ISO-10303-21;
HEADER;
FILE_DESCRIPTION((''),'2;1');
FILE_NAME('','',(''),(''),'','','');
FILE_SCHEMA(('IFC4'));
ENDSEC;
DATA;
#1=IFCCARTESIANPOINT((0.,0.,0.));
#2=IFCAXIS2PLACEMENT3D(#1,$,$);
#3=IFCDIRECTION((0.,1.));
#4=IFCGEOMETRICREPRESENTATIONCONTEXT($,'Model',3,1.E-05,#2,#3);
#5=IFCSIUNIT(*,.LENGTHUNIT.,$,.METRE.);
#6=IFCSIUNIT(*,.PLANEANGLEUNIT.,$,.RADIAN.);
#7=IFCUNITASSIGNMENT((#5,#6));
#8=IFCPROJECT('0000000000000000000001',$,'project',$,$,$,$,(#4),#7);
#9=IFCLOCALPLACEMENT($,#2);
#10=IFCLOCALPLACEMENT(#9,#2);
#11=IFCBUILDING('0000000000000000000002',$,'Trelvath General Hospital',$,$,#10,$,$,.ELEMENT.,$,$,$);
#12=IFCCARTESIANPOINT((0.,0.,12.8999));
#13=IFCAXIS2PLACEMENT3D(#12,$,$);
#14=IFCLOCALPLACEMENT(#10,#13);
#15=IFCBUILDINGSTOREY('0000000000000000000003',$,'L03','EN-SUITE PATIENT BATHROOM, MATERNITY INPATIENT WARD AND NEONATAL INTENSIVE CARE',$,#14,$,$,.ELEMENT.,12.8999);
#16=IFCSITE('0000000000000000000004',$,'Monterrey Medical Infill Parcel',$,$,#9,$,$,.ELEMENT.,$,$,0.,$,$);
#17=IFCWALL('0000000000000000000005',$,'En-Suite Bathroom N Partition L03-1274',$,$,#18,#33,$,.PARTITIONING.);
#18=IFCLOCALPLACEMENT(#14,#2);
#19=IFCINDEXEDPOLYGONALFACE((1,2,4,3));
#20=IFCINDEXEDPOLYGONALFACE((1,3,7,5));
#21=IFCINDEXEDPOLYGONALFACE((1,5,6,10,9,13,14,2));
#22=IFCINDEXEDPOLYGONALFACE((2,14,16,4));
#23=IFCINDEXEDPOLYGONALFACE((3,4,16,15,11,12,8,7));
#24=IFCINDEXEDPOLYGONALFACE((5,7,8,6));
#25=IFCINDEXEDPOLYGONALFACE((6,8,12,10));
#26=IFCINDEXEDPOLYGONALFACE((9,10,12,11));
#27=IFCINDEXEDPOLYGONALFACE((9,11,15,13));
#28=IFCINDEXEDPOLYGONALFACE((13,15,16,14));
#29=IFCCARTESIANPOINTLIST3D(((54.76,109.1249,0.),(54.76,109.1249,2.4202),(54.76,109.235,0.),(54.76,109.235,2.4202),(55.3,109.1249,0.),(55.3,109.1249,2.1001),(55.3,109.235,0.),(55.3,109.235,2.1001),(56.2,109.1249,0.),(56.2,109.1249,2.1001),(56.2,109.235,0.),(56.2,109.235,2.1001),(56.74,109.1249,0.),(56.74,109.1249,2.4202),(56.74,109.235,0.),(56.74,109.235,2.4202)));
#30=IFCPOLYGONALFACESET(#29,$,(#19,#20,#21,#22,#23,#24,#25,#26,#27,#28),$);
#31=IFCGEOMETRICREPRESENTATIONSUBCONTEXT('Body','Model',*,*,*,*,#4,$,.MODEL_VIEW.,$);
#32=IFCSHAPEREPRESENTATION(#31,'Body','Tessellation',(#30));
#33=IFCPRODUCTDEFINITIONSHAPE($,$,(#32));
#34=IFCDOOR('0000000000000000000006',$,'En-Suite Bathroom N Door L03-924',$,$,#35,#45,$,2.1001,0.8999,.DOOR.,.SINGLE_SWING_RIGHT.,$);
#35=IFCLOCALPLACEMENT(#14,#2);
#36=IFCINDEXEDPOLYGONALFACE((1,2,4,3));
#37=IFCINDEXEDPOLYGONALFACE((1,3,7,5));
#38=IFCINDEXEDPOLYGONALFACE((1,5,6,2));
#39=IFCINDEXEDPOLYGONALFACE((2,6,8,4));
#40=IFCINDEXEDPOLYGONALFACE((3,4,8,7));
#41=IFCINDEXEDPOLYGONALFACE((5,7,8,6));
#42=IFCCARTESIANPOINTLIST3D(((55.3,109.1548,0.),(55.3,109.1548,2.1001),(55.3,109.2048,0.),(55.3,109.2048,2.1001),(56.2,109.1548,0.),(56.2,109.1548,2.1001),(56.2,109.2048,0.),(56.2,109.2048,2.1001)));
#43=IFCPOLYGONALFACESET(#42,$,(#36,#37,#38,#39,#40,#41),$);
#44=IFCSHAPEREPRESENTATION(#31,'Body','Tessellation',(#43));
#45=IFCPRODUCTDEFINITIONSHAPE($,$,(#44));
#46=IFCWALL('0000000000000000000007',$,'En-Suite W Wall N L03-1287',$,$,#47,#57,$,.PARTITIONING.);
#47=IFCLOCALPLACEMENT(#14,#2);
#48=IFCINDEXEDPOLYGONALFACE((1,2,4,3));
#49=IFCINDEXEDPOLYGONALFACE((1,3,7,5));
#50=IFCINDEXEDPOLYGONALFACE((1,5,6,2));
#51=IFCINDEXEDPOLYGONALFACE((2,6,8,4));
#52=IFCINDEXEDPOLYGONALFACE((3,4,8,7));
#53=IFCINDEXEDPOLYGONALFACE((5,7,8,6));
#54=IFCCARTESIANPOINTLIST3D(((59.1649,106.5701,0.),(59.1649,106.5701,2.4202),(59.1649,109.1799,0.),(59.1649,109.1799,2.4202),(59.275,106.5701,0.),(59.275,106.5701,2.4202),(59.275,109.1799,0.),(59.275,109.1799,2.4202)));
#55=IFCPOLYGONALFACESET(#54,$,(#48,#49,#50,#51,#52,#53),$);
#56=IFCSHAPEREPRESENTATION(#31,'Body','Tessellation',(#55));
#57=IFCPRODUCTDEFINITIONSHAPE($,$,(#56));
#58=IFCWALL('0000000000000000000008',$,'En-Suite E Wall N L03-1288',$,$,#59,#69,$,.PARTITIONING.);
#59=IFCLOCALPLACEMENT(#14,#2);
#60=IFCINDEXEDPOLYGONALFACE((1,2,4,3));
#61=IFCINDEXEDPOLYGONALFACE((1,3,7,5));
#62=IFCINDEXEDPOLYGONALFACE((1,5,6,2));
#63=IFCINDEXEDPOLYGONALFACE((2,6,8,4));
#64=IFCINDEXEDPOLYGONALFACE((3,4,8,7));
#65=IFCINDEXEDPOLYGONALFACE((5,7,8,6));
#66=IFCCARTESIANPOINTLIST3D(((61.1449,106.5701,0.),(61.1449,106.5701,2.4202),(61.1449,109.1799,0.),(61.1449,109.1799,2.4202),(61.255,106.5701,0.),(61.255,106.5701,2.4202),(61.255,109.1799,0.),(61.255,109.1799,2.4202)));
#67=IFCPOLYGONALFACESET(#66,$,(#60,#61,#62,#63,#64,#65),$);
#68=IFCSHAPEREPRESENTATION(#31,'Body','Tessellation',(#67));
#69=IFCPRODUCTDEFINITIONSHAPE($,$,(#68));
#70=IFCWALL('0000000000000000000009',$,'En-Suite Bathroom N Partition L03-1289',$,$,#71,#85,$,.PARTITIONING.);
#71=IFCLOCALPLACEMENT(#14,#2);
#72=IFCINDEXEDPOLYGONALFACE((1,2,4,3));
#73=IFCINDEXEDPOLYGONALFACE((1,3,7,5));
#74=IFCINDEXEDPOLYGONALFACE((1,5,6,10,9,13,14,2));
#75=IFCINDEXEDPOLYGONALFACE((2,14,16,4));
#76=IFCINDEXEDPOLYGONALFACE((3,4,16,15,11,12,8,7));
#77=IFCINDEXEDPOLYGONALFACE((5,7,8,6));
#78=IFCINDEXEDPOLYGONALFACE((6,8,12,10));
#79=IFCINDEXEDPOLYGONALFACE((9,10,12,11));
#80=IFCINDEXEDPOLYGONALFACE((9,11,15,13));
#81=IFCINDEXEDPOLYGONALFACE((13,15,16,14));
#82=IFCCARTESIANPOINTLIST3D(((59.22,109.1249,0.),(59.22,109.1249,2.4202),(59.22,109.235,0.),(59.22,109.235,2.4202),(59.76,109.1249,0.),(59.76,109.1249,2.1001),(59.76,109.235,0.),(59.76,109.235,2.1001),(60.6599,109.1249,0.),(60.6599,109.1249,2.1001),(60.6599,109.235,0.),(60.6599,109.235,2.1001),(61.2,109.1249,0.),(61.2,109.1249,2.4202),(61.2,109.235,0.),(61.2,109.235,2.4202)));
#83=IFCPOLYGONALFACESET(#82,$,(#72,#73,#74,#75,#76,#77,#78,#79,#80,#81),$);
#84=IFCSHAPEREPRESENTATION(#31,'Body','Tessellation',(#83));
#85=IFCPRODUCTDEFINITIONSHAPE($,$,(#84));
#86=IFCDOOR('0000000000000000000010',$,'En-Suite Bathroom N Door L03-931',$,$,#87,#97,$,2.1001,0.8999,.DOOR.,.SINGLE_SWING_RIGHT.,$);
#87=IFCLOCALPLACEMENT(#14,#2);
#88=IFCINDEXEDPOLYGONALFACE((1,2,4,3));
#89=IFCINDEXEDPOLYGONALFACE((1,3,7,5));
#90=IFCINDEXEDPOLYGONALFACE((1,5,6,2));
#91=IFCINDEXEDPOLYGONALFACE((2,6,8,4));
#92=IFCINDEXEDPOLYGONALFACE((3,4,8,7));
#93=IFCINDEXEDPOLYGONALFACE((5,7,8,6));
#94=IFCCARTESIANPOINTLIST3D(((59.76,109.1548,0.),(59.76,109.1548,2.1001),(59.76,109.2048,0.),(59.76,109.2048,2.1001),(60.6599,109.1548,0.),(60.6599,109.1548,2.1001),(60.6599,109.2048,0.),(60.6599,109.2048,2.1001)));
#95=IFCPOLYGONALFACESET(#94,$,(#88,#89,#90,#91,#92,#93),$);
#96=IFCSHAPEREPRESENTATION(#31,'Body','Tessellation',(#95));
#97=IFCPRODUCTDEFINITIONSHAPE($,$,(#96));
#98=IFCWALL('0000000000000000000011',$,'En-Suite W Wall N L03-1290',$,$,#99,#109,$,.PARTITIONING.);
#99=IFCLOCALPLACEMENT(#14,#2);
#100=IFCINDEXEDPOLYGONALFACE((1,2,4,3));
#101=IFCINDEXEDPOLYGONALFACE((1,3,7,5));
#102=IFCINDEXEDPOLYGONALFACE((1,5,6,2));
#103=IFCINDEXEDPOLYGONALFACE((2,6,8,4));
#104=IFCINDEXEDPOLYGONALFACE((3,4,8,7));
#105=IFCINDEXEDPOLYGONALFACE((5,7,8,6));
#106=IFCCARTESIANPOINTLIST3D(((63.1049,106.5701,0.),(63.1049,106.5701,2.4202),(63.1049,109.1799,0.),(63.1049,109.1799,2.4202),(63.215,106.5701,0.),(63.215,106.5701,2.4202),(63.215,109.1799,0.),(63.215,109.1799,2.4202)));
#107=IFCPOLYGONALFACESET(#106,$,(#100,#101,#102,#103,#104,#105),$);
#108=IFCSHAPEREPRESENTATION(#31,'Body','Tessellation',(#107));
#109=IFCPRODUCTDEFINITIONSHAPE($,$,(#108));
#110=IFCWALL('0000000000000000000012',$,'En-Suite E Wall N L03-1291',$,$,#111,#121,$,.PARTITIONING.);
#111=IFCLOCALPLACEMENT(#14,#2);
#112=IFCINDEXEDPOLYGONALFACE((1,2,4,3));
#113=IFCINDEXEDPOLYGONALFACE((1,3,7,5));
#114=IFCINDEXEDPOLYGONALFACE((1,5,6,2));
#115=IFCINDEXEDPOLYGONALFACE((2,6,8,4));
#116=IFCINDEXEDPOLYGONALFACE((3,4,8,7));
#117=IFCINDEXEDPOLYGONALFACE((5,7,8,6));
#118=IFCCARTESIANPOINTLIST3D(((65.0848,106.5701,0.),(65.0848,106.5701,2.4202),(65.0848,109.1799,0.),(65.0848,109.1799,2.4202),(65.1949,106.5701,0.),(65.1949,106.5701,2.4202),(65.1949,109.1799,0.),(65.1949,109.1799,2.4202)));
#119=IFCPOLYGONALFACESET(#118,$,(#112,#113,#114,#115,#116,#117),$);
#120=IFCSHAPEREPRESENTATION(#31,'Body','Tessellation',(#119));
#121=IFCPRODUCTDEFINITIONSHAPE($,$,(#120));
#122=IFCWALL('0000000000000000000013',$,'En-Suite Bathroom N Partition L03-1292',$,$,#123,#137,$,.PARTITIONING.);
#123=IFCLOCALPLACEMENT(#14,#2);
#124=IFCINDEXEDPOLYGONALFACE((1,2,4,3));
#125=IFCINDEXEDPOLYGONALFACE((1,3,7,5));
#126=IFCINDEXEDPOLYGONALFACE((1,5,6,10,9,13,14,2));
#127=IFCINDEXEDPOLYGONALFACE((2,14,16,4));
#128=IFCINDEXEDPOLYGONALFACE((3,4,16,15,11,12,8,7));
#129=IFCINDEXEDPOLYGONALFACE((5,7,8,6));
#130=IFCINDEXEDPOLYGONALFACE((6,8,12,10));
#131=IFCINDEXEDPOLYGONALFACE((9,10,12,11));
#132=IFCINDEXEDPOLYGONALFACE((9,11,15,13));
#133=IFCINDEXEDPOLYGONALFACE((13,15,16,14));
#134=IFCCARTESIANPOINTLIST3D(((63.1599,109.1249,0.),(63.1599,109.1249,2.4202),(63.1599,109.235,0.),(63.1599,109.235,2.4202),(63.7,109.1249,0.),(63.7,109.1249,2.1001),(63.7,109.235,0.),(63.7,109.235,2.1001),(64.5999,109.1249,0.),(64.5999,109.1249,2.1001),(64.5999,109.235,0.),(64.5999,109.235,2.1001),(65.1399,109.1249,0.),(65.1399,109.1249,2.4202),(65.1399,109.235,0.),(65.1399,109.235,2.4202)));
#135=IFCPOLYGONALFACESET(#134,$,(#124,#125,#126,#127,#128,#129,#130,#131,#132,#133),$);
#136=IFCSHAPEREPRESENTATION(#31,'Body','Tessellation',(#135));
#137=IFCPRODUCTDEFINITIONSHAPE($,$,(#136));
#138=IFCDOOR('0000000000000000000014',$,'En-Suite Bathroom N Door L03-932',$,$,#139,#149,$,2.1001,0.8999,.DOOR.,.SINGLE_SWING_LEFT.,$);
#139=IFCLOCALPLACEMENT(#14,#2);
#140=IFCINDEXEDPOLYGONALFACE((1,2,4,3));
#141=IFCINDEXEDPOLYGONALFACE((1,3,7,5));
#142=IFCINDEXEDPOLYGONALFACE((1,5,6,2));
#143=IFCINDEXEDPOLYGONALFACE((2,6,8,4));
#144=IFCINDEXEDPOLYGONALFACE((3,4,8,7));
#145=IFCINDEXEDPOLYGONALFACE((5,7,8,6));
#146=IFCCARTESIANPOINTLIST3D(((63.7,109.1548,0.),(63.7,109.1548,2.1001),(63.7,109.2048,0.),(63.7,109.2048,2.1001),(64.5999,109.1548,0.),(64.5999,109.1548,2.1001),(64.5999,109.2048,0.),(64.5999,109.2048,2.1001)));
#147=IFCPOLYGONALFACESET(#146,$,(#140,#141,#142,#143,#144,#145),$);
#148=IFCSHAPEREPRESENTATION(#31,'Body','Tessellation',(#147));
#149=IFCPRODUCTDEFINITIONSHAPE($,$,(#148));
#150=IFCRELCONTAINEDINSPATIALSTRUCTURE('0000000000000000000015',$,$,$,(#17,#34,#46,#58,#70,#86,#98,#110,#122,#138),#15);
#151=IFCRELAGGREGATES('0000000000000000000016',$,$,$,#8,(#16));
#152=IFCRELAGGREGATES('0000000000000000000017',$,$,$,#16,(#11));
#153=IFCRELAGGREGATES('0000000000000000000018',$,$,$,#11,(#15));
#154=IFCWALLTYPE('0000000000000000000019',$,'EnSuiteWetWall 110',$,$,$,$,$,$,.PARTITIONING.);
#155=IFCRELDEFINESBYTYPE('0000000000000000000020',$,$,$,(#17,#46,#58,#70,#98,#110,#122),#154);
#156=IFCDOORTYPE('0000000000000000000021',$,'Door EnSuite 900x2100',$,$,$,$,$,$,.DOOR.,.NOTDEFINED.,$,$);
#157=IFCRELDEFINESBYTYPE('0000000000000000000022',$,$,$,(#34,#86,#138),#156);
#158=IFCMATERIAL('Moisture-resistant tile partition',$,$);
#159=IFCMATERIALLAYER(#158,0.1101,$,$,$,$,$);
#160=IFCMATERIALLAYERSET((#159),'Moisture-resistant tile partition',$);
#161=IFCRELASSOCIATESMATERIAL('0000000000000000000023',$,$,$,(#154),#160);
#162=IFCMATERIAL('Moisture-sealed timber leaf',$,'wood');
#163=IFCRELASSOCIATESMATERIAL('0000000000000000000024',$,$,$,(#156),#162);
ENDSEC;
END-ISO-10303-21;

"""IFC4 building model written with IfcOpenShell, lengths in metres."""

from ifc_helpers import new_model, si_unit, direction, frame, frame_2d, origin, place, context, subcontext, project, spatial, rectangle, extrude, material, layer, layer_set, type_object, element, fill, save


model = new_model("IFC4")

# Units and contexts
model_context = context("Model", 3, precision=1e-05, world=origin(), true_north=direction((0.0, 1.0)))
body_context = subcontext(model_context, "Body", "Model", "MODEL_VIEW")
ifc_project = project(units=[si_unit("LENGTHUNIT", "METRE"), si_unit("PLANEANGLEUNIT", "RADIAN")], contexts=[model_context])

# Site, building, storey
site_placement = place(None, origin())
site = spatial("IfcSite", under=ifc_project, at=site_placement, Name="Monterrey Medical Infill Parcel", CompositionType="ELEMENT", RefElevation=0.0)
building_placement = place(site_placement, origin())
building = spatial("IfcBuilding", under=site, at=building_placement, Name="Trelvath General Hospital", CompositionType="ELEMENT")
storey_placement = place(building_placement, frame((0.0, 0.0, 12.8999)))
storey = spatial("IfcBuildingStorey", under=building, at=storey_placement, Name="L03", Description="EN-SUITE PATIENT BATHROOM, MATERNITY INPATIENT WARD AND NEONATAL INTENSIVE CARE", CompositionType="ELEMENT", Elevation=12.8999)

# Shared definitions
ifc_material_1 = material(Name="Moisture-resistant tile partition")
ifc_layer_1 = layer(ifc_material_1, 0.1101)
ifc_layer_set_1 = layer_set([ifc_layer_1], Name="Moisture-resistant tile partition")
wall_type_1 = type_object("IfcWallType", Name="EnSuiteWetWall 110", PredefinedType="PARTITIONING", material=ifc_layer_set_1)

# Wall, opening, door
wall_1_placement = place(storey_placement, frame((54.76, 109.1799, 0.0), z_axis=(0.0, 0.0, 1.0), x_axis=(1.0, 0.0, 0.0)))
wall_1 = element("IfcWall", 1, at=wall_1_placement, inside=storey, type_object=wall_type_1, Name="En-Suite Bathroom N Partition L03-1274", PredefinedType="PARTITIONING", context=body_context, shape_type="SweptSolid", body=[
    extrude(rectangle(XDim=1.98, YDim=0.1101, at=frame_2d((0.99, 0.0))), origin(), (0.0, 0.0, 1.0), 2.4202),
])
opening_1_placement = place(wall_1_placement, frame((0.54, 0.0, 0.0)))
opening_1 = element("IfcOpeningElement", 2, at=opening_1_placement, cuts=wall_1, PredefinedType="OPENING", context=body_context, shape_type="SweptSolid", body=[
    extrude(rectangle(XDim=0.8999, YDim=2.1001, at=frame_2d((0.45, 1.05))), frame((0.0, 0.0649, 0.0), z_axis=(0.0, -1.0, 0.0), x_axis=(1.0, 0.0, 0.0)), (0.0, 0.0, 1.0), 0.1301),
])
ifc_material_2 = material(Name="Moisture-sealed timber leaf", Category="wood")
door_type_1 = type_object("IfcDoorType", Name="Door EnSuite 900x2100", OperationType="NOTDEFINED", PredefinedType="DOOR", material=ifc_material_2)
door_1_placement = place(opening_1_placement, origin())
door_1 = element("IfcDoor", 3, at=door_1_placement, inside=storey, type_object=door_type_1, Name="En-Suite Bathroom N Door L03-924", OperationType="SINGLE_SWING_RIGHT", OverallHeight=2.1001, OverallWidth=0.8999, PredefinedType="DOOR", context=body_context, shape_type="SweptSolid", body=[
    extrude(rectangle(XDim=0.8999, YDim=2.1001, at=frame_2d((0.45, 1.05))), frame((0.0, 0.0249, 0.0), z_axis=(0.0, -1.0, 0.0), x_axis=(1.0, 0.0, 0.0)), (0.0, 0.0, 1.0), 0.05),
])
fill(opening_1, door_1)

# Walls
for number, where, z_axis, x_axis, name in (
    (4, (59.22, 106.5701, 0.0), (0.0, 0.0, 1.0), (0.0, 1.0, 0.0), "En-Suite W Wall N L03-1287"),
    (5, (61.2, 106.5701, 0.0), (0.0, 0.0, 1.0), (0.0, 1.0, 0.0), "En-Suite E Wall N L03-1288"),
):
    element("IfcWall", number, at=place(storey_placement, frame(where, z_axis=z_axis, x_axis=x_axis)), inside=storey, type_object=wall_type_1, Name=name, PredefinedType="PARTITIONING", context=body_context, shape_type="SweptSolid", body=[
        extrude(rectangle(XDim=2.6099, YDim=0.1101, at=frame_2d((1.3049, 0.0))), origin(), (0.0, 0.0, 1.0), 2.4202),
    ])

# Wall, opening, door
wall_2_placement = place(storey_placement, frame((59.22, 109.1799, 0.0), z_axis=(0.0, 0.0, 1.0), x_axis=(1.0, 0.0, 0.0)))
wall_2 = element("IfcWall", 6, at=wall_2_placement, inside=storey, type_object=wall_type_1, Name="En-Suite Bathroom N Partition L03-1289", PredefinedType="PARTITIONING", context=body_context, shape_type="SweptSolid", body=[
    extrude(rectangle(XDim=1.98, YDim=0.1101, at=frame_2d((0.99, 0.0))), origin(), (0.0, 0.0, 1.0), 2.4202),
])
opening_2_placement = place(wall_2_placement, frame((0.54, 0.0, 0.0)))
opening_2 = element("IfcOpeningElement", 7, at=opening_2_placement, cuts=wall_2, PredefinedType="OPENING", context=body_context, shape_type="SweptSolid", body=[
    extrude(rectangle(XDim=0.8999, YDim=2.1001, at=frame_2d((0.45, 1.05))), frame((0.0, 0.0649, 0.0), z_axis=(0.0, -1.0, 0.0), x_axis=(1.0, 0.0, 0.0)), (0.0, 0.0, 1.0), 0.1301),
])
door_2_placement = place(opening_2_placement, origin())
door_2 = element("IfcDoor", 8, at=door_2_placement, inside=storey, type_object=door_type_1, Name="En-Suite Bathroom N Door L03-931", OperationType="SINGLE_SWING_RIGHT", OverallHeight=2.1001, OverallWidth=0.8999, PredefinedType="DOOR", context=body_context, shape_type="SweptSolid", body=[
    extrude(rectangle(XDim=0.8999, YDim=2.1001, at=frame_2d((0.45, 1.05))), frame((0.0, 0.0249, 0.0), z_axis=(0.0, -1.0, 0.0), x_axis=(1.0, 0.0, 0.0)), (0.0, 0.0, 1.0), 0.05),
])
fill(opening_2, door_2)

# Walls
for number, where, z_axis, x_axis, name in (
    (9, (63.1599, 106.5701, 0.0), (0.0, 0.0, 1.0), (0.0, 1.0, 0.0), "En-Suite W Wall N L03-1290"),
    (10, (65.1399, 106.5701, 0.0), (0.0, 0.0, 1.0), (0.0, 1.0, 0.0), "En-Suite E Wall N L03-1291"),
):
    element("IfcWall", number, at=place(storey_placement, frame(where, z_axis=z_axis, x_axis=x_axis)), inside=storey, type_object=wall_type_1, Name=name, PredefinedType="PARTITIONING", context=body_context, shape_type="SweptSolid", body=[
        extrude(rectangle(XDim=2.6099, YDim=0.1101, at=frame_2d((1.3049, 0.0))), origin(), (0.0, 0.0, 1.0), 2.4202),
    ])

# Wall, opening, door
wall_3_placement = place(storey_placement, frame((63.1599, 109.1799, 0.0), z_axis=(0.0, 0.0, 1.0), x_axis=(1.0, 0.0, 0.0)))
wall_3 = element("IfcWall", 11, at=wall_3_placement, inside=storey, type_object=wall_type_1, Name="En-Suite Bathroom N Partition L03-1292", PredefinedType="PARTITIONING", context=body_context, shape_type="SweptSolid", body=[
    extrude(rectangle(XDim=1.98, YDim=0.1101, at=frame_2d((0.99, 0.0))), origin(), (0.0, 0.0, 1.0), 2.4202),
])
opening_3_placement = place(wall_3_placement, frame((0.54, 0.0, 0.0)))
opening_3 = element("IfcOpeningElement", 12, at=opening_3_placement, cuts=wall_3, PredefinedType="OPENING", context=body_context, shape_type="SweptSolid", body=[
    extrude(rectangle(XDim=0.8999, YDim=2.1001, at=frame_2d((0.45, 1.05))), frame((0.0, 0.0649, 0.0), z_axis=(0.0, -1.0, 0.0), x_axis=(1.0, 0.0, 0.0)), (0.0, 0.0, 1.0), 0.1301),
])
door_3_placement = place(opening_3_placement, origin())
door_3 = element("IfcDoor", 13, at=door_3_placement, inside=storey, type_object=door_type_1, Name="En-Suite Bathroom N Door L03-932", OperationType="SINGLE_SWING_LEFT", OverallHeight=2.1001, OverallWidth=0.8999, PredefinedType="DOOR", context=body_context, shape_type="SweptSolid", body=[
    extrude(rectangle(XDim=0.8999, YDim=2.1001, at=frame_2d((0.45, 1.05))), frame((0.0, 0.0249, 0.0), z_axis=(0.0, -1.0, 0.0), x_axis=(1.0, 0.0, 0.0)), (0.0, 0.0, 1.0), 0.05),
])
fill(opening_3, door_3)

save(model, "model.ifc")
